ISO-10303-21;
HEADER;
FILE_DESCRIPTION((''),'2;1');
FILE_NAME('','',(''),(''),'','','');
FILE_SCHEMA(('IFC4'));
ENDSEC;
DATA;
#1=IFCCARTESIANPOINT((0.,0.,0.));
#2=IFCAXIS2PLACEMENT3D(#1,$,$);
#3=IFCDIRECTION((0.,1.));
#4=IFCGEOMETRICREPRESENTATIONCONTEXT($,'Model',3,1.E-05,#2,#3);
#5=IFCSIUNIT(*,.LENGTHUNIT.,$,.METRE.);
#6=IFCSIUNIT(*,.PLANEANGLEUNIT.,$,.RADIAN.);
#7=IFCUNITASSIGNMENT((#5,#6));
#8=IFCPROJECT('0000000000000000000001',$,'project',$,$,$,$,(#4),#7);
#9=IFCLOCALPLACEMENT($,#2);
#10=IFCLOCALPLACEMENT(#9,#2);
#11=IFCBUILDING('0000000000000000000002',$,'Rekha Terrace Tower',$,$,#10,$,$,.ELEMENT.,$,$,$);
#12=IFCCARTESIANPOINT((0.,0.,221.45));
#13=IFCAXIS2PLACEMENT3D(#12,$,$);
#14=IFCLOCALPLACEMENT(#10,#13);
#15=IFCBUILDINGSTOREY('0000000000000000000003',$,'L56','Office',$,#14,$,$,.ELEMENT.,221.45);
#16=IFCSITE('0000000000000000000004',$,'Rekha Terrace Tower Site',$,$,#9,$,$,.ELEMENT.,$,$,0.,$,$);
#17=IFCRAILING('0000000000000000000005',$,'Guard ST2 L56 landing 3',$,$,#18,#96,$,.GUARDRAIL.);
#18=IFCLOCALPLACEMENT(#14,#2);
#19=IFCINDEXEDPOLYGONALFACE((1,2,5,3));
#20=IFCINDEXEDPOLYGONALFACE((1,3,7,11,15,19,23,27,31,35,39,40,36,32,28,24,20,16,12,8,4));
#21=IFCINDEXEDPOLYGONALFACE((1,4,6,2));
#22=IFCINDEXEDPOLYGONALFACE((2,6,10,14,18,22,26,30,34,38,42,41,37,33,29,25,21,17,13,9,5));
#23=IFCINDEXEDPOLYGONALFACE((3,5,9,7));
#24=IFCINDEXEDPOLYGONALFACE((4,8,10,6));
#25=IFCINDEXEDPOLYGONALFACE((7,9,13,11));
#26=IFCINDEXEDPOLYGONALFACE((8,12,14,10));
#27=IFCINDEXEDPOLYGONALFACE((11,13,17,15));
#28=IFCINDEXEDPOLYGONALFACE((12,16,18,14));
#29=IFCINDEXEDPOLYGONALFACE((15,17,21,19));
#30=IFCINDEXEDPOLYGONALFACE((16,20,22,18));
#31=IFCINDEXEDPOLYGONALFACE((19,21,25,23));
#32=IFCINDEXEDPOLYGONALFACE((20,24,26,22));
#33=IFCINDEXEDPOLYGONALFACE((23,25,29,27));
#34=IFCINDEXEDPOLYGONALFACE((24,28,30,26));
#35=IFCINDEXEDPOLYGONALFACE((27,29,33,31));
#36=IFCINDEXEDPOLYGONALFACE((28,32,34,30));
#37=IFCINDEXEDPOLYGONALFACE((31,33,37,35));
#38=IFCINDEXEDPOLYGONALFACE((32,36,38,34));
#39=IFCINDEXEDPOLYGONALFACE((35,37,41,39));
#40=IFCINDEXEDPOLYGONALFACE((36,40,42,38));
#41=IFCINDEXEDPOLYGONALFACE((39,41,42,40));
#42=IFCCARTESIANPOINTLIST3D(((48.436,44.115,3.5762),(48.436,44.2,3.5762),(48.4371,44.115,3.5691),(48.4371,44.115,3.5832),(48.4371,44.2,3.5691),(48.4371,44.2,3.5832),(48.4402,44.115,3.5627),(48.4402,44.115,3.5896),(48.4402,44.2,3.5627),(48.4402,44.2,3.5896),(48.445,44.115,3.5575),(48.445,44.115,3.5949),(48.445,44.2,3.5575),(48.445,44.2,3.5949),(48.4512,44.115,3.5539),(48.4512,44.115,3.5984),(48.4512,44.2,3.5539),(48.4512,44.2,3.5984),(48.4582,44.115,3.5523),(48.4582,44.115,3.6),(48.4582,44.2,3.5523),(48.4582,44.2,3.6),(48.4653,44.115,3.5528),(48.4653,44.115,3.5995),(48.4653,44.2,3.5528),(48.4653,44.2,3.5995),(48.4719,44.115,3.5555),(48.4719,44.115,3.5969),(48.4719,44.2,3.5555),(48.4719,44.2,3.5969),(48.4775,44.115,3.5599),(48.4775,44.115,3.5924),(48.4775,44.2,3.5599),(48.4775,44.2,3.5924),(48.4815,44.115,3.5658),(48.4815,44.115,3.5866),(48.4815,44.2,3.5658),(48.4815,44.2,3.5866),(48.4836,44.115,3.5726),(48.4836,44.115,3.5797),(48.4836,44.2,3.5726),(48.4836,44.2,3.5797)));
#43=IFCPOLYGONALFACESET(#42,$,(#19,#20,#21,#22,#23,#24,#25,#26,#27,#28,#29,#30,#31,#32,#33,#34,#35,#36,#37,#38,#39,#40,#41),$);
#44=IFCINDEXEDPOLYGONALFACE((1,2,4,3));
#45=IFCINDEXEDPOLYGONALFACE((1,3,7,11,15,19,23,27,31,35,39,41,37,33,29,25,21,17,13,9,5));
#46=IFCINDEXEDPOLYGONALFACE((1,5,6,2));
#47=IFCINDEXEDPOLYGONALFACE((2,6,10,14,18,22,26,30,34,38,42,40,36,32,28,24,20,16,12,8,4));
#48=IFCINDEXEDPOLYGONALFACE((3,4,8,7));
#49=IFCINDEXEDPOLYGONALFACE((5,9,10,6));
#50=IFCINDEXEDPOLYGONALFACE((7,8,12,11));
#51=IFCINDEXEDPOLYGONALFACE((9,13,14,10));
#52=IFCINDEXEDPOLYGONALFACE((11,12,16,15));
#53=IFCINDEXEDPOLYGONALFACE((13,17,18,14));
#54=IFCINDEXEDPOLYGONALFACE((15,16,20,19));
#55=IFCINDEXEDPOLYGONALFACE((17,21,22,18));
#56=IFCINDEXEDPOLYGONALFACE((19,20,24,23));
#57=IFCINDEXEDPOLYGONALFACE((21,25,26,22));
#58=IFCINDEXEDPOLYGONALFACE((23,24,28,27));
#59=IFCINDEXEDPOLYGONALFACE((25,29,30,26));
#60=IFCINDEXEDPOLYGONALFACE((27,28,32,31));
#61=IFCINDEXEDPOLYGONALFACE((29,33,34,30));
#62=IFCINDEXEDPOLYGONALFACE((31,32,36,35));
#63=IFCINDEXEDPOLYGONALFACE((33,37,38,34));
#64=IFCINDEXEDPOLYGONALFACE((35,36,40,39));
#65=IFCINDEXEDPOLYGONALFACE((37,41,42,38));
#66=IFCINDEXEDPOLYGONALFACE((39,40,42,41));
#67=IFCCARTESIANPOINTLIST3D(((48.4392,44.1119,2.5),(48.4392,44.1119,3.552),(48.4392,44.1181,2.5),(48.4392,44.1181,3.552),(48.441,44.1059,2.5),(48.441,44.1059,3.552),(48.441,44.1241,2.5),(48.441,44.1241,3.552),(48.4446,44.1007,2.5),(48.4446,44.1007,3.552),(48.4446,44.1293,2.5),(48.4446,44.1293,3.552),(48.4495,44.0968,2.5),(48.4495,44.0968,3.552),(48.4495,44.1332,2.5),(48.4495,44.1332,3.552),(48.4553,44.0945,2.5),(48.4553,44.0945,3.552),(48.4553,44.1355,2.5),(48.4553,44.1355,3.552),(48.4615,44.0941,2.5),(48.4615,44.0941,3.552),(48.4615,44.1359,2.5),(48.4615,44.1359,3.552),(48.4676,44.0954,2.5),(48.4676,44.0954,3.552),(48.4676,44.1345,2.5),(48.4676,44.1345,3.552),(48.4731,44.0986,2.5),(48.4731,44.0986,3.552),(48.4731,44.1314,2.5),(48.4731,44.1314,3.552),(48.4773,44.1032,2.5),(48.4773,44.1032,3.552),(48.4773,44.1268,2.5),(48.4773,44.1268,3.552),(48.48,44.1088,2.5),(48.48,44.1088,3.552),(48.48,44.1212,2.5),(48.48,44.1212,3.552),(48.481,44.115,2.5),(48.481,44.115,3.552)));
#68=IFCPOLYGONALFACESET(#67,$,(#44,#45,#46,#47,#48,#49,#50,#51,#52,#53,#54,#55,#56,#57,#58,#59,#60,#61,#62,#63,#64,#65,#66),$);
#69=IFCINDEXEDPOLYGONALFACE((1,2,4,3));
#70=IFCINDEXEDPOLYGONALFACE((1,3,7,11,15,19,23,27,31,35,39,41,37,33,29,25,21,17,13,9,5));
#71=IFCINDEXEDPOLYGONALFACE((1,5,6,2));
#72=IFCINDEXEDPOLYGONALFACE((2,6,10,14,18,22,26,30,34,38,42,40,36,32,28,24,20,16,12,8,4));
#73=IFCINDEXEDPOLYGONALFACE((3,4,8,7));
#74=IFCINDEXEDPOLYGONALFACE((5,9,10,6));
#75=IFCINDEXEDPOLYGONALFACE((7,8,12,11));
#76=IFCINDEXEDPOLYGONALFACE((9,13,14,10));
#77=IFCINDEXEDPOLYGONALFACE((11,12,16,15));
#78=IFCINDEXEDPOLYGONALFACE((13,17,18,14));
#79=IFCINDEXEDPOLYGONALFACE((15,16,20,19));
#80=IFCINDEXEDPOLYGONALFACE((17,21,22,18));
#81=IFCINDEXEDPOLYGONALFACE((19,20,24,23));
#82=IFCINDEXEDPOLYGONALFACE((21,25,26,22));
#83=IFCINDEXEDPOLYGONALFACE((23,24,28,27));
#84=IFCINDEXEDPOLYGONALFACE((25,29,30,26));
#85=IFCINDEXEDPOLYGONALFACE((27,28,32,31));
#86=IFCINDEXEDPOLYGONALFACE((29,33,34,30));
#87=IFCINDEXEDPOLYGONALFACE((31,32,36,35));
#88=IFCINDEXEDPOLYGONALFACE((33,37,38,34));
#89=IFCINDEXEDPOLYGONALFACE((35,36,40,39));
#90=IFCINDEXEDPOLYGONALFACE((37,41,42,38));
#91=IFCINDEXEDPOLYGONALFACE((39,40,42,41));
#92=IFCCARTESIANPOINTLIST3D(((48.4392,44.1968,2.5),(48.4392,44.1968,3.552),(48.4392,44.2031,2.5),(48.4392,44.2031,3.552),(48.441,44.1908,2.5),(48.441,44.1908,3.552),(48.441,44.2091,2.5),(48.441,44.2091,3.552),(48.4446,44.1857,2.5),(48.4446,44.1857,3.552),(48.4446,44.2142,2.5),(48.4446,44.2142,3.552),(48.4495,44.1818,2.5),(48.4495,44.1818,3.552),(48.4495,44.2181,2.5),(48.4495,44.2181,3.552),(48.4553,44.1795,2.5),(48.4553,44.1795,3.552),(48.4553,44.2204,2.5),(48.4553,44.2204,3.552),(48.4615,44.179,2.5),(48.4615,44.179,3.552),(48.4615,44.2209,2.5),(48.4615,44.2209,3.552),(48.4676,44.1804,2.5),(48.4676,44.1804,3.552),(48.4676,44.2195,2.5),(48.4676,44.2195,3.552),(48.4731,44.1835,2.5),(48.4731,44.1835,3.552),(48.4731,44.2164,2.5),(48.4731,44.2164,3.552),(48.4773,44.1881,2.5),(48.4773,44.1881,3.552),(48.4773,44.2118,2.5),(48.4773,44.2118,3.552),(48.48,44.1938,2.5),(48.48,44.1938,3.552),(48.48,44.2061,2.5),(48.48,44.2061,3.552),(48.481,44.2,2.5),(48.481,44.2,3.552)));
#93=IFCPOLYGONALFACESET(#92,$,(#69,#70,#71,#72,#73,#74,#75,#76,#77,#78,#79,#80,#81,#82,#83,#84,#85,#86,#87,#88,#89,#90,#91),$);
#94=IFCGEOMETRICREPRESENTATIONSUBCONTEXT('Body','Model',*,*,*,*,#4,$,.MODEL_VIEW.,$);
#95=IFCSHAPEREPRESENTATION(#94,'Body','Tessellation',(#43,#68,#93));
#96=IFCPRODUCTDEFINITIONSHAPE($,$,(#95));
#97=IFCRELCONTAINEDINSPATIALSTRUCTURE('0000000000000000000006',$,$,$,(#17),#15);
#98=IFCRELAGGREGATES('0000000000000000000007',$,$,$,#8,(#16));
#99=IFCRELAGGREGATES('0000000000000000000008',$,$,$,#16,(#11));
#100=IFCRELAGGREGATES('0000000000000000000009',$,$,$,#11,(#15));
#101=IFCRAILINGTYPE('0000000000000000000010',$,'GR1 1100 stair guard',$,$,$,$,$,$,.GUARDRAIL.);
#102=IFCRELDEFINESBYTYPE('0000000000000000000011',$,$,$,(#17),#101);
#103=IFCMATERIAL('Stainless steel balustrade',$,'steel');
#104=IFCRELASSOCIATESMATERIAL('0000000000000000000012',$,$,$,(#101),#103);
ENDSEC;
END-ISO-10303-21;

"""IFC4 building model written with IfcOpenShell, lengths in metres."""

from ifc_helpers import new_model, si_unit, direction, frame, origin, origin_2d, place, context, subcontext, project, spatial, circle, extrude, material, type_object, element, save


model = new_model("IFC4")

# Units and contexts
model_context = context("Model", 3, precision=1e-05, world=origin(), true_north=direction((0.0, 1.0)))
body_context = subcontext(model_context, "Body", "Model", "MODEL_VIEW")
ifc_project = project(units=[si_unit("LENGTHUNIT", "METRE"), si_unit("PLANEANGLEUNIT", "RADIAN")], contexts=[model_context])

# Site, building, storey
site_placement = place(None, origin())
site = spatial("IfcSite", under=ifc_project, at=site_placement, Name="Rekha Terrace Tower Site", CompositionType="ELEMENT", RefElevation=0.0)
building_placement = place(site_placement, origin())
building = spatial("IfcBuilding", under=site, at=building_placement, Name="Rekha Terrace Tower", CompositionType="ELEMENT")
storey_placement = place(building_placement, frame((0.0, 0.0, 221.45)))
storey = spatial("IfcBuildingStorey", under=building, at=storey_placement, Name="L56", Description="Office", CompositionType="ELEMENT", Elevation=221.45)

# Railing
ifc_material_1 = material(Name="Stainless steel balustrade", Category="steel")
railing_type_1 = type_object("IfcRailingType", Name="GR1 1100 stair guard", PredefinedType="GUARDRAIL", material=ifc_material_1)
railing_1_placement = place(storey_placement, frame((48.46, 44.115, 2.5)))
element("IfcRailing", 1, at=railing_1_placement, inside=storey, type_object=railing_type_1, Name="Guard ST2 L56 landing 3", PredefinedType="GUARDRAIL", context=body_context, shape_type="SweptSolid", body=[
    extrude(circle(Radius=0.0239, at=origin_2d()), frame((0.0, 0.0, 1.0762), z_axis=(0.0, 1.0, 0.0), x_axis=(-1.0, 0.0, 0.0)), (0.0, 0.0, 1.0), 0.085),
    extrude(circle(Radius=0.021, at=origin_2d()), origin(), (0.0, 0.0, 1.0), 1.052),
    extrude(circle(Radius=0.021, at=origin_2d()), frame((0.0, 0.085, 0.0)), (0.0, 0.0, 1.0), 1.052),
])

save(model, "model.ifc")
